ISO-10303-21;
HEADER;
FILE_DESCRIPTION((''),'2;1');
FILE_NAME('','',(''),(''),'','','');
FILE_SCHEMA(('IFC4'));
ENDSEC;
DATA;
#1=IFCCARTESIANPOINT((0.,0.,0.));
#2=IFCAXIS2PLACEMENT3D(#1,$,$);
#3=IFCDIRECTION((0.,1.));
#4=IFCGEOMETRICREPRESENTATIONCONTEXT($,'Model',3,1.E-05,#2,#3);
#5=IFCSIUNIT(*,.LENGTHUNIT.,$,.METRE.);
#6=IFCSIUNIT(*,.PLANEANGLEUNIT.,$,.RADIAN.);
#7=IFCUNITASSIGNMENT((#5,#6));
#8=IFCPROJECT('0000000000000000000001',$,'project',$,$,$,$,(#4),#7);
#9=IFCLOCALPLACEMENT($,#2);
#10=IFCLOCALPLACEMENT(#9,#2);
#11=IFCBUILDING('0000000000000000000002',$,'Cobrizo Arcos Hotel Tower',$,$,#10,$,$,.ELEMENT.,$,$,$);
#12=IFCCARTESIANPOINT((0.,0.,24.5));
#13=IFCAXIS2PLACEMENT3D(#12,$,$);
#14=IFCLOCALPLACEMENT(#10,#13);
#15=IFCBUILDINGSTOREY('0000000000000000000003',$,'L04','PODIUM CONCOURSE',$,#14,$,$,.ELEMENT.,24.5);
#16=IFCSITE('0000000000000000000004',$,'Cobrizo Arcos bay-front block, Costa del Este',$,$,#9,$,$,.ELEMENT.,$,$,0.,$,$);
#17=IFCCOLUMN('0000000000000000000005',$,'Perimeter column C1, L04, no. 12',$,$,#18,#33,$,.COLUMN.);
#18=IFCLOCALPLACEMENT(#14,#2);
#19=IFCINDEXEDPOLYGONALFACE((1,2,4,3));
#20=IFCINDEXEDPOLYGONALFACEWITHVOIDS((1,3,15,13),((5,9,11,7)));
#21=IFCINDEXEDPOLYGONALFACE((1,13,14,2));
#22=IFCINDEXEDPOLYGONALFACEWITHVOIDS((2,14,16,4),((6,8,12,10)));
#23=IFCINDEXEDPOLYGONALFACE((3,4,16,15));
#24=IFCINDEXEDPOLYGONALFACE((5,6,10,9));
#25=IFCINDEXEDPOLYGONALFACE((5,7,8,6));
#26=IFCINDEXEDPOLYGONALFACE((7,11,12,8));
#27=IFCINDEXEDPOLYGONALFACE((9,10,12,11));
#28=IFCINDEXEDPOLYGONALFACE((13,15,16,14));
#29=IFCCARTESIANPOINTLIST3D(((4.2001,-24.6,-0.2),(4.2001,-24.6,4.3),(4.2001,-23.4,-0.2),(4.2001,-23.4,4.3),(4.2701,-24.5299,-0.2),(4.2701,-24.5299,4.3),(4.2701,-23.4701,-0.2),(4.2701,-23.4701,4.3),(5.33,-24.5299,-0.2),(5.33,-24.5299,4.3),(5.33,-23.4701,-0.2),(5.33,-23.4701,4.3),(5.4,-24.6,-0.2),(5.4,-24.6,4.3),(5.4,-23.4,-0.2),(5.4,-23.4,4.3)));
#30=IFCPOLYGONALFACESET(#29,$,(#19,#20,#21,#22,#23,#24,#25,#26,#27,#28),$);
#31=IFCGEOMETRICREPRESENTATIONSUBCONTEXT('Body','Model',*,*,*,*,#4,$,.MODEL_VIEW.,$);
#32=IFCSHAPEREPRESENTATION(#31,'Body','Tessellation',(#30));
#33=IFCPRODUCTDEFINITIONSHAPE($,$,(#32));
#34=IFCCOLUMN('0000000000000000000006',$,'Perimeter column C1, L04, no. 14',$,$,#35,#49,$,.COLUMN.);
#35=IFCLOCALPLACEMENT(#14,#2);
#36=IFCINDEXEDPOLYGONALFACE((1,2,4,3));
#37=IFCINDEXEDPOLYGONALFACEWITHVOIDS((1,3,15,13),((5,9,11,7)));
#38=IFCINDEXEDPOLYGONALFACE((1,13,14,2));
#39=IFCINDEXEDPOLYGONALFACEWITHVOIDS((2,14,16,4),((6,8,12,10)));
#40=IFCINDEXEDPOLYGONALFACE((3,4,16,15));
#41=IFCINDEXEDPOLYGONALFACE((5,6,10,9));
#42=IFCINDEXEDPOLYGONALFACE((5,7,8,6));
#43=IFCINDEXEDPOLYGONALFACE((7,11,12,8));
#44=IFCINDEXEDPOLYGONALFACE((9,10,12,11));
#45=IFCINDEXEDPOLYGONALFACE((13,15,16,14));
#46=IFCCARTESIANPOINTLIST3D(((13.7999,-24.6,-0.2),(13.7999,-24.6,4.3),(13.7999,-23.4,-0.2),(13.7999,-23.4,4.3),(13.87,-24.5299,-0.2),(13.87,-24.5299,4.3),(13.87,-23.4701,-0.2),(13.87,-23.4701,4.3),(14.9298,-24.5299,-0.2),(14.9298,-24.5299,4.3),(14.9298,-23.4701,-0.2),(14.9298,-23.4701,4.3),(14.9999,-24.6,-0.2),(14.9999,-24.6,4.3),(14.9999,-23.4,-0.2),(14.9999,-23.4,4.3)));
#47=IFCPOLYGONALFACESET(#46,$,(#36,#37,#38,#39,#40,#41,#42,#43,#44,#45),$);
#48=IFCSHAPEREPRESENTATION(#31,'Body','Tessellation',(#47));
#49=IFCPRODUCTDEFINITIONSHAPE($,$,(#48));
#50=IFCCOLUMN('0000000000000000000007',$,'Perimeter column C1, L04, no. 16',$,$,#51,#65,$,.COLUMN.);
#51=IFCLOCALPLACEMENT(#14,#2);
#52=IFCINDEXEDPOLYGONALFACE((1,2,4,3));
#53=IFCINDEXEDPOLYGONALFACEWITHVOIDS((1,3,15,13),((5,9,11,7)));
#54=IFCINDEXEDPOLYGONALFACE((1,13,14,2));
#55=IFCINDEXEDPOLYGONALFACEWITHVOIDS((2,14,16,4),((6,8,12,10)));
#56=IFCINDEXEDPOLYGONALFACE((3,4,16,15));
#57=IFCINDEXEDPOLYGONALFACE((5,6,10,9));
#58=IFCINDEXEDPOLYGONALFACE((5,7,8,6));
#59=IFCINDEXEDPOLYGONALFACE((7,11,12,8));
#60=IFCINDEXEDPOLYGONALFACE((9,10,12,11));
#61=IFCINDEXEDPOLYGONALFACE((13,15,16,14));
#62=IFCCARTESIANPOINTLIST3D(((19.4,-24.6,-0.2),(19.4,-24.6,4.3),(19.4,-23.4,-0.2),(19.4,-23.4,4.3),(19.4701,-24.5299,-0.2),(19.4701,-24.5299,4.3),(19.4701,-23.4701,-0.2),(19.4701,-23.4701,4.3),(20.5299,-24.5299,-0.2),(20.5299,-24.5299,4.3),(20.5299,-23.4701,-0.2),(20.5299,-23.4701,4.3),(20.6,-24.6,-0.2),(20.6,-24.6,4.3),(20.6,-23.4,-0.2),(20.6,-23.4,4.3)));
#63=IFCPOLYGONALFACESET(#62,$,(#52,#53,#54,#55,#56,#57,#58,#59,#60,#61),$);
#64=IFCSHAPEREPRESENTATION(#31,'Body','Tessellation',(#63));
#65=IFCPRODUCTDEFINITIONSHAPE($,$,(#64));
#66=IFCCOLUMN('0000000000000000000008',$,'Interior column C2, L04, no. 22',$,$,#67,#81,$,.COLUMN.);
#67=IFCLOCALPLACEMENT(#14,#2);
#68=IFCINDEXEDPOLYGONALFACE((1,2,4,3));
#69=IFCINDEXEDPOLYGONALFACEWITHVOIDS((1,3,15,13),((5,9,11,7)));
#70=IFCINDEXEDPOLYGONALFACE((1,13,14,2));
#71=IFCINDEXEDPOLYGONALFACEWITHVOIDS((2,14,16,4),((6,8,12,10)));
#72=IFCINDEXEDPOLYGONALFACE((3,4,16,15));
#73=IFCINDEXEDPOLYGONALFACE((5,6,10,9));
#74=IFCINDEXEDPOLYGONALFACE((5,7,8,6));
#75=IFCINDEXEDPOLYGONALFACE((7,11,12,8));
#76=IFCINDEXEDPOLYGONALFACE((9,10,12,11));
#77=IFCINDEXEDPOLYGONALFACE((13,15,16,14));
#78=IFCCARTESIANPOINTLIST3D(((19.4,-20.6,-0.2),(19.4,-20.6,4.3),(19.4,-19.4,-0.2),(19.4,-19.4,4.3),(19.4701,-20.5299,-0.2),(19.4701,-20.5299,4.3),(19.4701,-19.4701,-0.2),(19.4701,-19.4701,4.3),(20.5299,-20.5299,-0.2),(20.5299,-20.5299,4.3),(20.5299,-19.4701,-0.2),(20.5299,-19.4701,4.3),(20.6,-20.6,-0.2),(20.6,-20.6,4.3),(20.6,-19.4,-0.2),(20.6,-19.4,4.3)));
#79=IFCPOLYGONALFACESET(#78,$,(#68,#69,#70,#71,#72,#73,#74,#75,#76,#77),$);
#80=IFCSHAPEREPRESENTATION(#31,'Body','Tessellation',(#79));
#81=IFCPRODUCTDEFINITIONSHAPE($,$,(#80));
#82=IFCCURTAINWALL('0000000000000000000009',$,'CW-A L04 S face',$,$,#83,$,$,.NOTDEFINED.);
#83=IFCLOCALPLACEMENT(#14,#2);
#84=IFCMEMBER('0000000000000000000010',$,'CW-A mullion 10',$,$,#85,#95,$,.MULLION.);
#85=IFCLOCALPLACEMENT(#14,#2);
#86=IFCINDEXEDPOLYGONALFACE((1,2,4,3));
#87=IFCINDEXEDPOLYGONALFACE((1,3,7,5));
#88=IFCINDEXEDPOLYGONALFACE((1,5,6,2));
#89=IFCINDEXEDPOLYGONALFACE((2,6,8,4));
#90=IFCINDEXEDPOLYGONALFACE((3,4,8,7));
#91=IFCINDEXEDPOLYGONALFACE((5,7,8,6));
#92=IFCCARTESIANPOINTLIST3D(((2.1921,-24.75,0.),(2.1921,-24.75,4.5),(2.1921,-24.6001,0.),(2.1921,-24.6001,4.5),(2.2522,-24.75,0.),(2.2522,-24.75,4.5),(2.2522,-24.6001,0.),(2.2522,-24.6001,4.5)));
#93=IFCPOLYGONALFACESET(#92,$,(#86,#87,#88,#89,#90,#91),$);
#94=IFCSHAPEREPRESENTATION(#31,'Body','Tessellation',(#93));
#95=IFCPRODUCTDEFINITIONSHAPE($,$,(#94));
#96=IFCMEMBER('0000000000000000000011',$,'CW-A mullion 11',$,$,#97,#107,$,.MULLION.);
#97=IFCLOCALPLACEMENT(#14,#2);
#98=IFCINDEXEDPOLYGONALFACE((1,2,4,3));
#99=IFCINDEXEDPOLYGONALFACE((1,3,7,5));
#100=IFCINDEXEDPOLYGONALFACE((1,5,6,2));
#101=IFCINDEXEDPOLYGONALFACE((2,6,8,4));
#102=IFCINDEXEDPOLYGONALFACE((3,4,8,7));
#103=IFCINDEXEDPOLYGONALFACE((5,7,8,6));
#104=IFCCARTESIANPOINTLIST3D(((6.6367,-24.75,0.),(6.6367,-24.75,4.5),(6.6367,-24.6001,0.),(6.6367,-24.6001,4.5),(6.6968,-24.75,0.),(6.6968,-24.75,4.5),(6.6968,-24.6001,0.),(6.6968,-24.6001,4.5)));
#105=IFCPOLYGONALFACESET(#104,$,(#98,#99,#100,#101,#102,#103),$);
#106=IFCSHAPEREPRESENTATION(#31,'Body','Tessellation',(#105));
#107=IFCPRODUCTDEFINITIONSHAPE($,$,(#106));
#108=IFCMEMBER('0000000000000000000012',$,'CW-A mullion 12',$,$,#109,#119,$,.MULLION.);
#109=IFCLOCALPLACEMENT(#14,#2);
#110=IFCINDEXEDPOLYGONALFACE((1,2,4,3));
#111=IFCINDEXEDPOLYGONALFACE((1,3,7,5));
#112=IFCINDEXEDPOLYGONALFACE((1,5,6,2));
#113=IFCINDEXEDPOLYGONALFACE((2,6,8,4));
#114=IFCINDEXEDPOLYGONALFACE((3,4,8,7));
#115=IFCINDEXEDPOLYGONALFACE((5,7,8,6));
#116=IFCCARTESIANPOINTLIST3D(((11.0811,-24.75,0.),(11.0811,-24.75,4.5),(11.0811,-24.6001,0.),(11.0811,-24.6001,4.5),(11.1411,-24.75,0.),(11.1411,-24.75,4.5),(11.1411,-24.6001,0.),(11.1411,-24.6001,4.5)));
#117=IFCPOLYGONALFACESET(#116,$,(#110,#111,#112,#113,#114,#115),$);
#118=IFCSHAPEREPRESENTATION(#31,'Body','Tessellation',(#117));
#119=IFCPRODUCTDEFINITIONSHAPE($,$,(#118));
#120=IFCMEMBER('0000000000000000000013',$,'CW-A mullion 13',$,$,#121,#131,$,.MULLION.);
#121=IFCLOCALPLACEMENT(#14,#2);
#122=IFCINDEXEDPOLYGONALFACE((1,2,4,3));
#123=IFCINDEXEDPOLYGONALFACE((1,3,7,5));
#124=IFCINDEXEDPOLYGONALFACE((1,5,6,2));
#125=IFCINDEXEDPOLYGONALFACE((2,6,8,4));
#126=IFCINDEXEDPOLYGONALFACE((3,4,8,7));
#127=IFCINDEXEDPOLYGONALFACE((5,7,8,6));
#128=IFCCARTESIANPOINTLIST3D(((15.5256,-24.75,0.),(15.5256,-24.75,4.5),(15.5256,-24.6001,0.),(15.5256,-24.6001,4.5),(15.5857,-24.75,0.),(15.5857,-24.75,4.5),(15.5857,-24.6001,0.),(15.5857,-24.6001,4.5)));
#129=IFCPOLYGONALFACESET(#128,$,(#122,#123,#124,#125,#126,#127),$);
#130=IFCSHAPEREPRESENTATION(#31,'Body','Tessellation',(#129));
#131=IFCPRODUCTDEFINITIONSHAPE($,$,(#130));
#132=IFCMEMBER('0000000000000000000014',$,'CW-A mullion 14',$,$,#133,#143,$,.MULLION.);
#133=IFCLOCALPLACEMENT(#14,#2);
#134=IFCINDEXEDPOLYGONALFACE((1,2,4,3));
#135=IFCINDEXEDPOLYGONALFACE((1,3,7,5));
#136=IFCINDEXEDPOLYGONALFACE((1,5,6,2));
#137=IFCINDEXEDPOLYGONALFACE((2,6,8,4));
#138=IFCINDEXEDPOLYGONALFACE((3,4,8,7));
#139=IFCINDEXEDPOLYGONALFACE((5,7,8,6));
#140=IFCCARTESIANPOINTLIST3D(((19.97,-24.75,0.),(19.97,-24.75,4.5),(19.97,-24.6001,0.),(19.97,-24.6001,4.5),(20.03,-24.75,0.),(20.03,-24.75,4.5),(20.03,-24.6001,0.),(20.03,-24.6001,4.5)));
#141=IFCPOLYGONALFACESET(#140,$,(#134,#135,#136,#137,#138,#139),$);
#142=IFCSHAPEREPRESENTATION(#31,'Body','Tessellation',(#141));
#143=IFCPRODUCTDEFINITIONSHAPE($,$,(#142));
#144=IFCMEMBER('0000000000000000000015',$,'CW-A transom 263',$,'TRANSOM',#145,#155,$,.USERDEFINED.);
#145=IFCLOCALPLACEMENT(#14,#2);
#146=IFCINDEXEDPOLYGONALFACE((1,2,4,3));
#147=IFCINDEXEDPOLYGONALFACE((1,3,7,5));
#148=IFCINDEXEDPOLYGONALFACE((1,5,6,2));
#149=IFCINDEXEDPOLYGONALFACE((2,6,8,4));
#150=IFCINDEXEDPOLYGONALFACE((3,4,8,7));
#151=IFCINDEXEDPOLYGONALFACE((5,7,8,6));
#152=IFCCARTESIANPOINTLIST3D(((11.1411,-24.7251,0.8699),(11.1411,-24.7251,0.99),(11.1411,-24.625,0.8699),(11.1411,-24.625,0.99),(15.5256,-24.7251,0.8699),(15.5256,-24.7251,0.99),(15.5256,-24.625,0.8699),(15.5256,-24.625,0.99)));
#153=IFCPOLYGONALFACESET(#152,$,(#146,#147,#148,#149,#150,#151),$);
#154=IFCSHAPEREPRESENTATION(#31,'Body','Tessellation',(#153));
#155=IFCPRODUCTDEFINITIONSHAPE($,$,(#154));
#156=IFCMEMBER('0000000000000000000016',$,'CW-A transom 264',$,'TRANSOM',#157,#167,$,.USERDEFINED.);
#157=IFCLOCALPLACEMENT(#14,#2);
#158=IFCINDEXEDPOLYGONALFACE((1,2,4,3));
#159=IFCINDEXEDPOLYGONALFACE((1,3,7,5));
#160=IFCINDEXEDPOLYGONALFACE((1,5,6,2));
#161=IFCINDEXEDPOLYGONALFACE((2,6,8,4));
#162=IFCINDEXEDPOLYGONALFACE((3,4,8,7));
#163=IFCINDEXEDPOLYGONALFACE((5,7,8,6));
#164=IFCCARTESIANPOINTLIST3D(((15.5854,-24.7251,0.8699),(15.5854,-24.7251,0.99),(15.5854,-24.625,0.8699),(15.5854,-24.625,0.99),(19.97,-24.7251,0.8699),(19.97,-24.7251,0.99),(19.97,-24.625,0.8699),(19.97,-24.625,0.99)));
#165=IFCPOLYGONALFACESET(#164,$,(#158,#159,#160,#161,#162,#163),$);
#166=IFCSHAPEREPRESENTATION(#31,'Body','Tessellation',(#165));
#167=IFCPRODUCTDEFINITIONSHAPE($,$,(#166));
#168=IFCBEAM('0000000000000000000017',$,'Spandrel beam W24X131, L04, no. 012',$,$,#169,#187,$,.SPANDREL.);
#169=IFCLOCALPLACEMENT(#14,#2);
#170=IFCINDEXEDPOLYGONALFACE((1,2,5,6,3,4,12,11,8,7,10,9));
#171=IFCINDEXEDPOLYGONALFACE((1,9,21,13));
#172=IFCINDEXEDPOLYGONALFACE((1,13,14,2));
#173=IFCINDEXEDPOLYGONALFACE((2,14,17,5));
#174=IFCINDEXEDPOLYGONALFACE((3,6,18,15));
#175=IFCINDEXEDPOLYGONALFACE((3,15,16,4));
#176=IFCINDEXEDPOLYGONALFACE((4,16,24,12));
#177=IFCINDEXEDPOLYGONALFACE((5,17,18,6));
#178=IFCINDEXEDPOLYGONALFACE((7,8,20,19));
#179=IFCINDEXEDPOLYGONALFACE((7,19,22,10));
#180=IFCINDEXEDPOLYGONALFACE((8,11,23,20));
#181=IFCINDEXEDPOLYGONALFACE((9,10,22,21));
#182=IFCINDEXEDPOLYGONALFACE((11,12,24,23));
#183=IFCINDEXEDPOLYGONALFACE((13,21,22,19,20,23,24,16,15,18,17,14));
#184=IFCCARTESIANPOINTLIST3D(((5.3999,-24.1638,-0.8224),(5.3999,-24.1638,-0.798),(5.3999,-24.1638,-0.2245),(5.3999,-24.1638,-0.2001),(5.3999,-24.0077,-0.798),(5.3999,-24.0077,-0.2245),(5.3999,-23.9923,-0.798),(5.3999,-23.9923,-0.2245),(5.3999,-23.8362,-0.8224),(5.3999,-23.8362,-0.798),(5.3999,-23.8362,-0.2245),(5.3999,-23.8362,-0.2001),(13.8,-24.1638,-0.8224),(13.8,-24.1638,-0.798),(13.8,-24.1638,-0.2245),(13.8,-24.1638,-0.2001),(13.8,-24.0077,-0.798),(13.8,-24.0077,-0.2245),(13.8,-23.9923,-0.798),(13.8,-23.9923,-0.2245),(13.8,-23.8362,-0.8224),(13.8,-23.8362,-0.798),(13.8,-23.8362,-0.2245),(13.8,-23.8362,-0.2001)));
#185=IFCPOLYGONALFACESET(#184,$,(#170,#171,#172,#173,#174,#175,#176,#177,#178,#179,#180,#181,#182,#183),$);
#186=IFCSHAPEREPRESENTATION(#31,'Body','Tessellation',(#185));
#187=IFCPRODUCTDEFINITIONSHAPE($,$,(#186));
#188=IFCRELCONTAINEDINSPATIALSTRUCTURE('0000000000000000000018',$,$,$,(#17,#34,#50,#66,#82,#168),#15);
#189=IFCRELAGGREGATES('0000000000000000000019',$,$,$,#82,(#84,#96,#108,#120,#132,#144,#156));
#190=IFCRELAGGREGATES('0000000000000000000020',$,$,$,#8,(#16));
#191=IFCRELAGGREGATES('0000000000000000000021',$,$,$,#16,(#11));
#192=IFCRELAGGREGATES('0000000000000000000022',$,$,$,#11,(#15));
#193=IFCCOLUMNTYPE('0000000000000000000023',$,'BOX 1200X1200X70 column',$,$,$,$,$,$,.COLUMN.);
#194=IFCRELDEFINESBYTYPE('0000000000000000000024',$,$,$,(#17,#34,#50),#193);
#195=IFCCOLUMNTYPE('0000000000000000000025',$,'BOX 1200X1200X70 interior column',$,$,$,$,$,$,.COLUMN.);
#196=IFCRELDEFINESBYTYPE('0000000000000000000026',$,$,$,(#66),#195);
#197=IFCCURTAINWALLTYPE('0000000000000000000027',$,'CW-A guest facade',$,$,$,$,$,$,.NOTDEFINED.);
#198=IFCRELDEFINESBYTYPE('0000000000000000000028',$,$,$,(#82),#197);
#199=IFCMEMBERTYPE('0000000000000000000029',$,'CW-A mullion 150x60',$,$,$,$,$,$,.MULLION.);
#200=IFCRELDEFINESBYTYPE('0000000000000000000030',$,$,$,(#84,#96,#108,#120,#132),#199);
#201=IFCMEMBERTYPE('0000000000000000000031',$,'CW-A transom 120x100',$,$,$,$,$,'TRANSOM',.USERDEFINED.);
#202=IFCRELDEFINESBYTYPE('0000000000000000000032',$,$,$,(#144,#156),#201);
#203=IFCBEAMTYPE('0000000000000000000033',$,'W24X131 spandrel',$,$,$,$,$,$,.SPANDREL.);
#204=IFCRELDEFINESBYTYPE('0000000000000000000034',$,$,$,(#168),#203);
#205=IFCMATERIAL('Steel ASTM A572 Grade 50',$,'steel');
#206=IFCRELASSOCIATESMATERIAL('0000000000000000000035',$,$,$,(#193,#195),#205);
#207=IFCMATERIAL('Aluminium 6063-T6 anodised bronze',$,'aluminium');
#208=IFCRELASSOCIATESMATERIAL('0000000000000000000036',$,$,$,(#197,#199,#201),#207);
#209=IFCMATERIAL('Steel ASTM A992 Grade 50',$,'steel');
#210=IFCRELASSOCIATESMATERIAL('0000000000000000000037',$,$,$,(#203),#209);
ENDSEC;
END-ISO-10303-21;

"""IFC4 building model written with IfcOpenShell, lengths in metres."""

from ifc_helpers import new_model, si_unit, direction, frame, origin, origin_2d, place, context, subcontext, project, spatial, rectangle, hollow_rectangle, i_section, extrude, material, material_profile, profile_set, type_object, element, aggregate, save


model = new_model("IFC4")

# Units and contexts
model_context = context("Model", 3, precision=1e-05, world=origin(), true_north=direction((0.0, 1.0)))
body_context = subcontext(model_context, "Body", "Model", "MODEL_VIEW")
ifc_project = project(units=[si_unit("LENGTHUNIT", "METRE"), si_unit("PLANEANGLEUNIT", "RADIAN")], contexts=[model_context])

# Site, building, storey
site_placement = place(None, origin())
site = spatial("IfcSite", under=ifc_project, at=site_placement, Name="Cobrizo Arcos bay-front block, Costa del Este", CompositionType="ELEMENT", RefElevation=0.0)
building_placement = place(site_placement, origin())
building = spatial("IfcBuilding", under=site, at=building_placement, Name="Cobrizo Arcos Hotel Tower", CompositionType="ELEMENT")
storey_placement = place(building_placement, frame((0.0, 0.0, 24.5)))
storey = spatial("IfcBuildingStorey", under=building, at=storey_placement, Name="L04", Description="PODIUM CONCOURSE", CompositionType="ELEMENT", Elevation=24.5)

# Columns
ifc_material_1 = material(Name="Steel ASTM A572 Grade 50", Category="steel")
ifc_material_profile_1 = material_profile(ifc_material_1, hollow_rectangle(XDim=1.2, YDim=1.2, WallThickness=0.0701, at=origin_2d()), Name="BOX 1200X1200X70")
ifc_profile_set_1 = profile_set([ifc_material_profile_1], Name="Steel ASTM A572 Grade 50")
column_type_1 = type_object("IfcColumnType", Name="BOX 1200X1200X70 column", PredefinedType="COLUMN", material=ifc_profile_set_1)
for number, where, z_axis, x_axis, name in (
    (1, (4.8, -24.0, -0.2), (0.0, 0.0, 1.0), (1.0, 0.0, 0.0), "Perimeter column C1, L04, no. 12"),
    (2, (14.3999, -24.0, -0.2), (0.0, 0.0, 1.0), (1.0, 0.0, 0.0), "Perimeter column C1, L04, no. 14"),
    (3, (20.0, -24.0, -0.2), (0.0, 0.0, 1.0), (1.0, 0.0, 0.0), "Perimeter column C1, L04, no. 16"),
):
    element("IfcColumn", number, at=place(storey_placement, frame(where, z_axis=z_axis, x_axis=x_axis)), inside=storey, type_object=column_type_1, Name=name, PredefinedType="COLUMN", context=body_context, shape_type="SweptSolid", body=[
        extrude(hollow_rectangle(XDim=1.2, YDim=1.2, WallThickness=0.0701, at=origin_2d()), origin(), (0.0, 0.0, 1.0), 4.5),
    ])
ifc_material_profile_2 = material_profile(ifc_material_1, hollow_rectangle(XDim=1.2, YDim=1.2, WallThickness=0.0701, at=origin_2d()), Name="BOX 1200X1200X70")
ifc_profile_set_2 = profile_set([ifc_material_profile_2], Name="Steel ASTM A572 Grade 50")
column_type_2 = type_object("IfcColumnType", Name="BOX 1200X1200X70 interior column", PredefinedType="COLUMN", material=ifc_profile_set_2)
column_placement = place(storey_placement, frame((20.0, -20.0, -0.2), z_axis=(0.0, 0.0, 1.0), x_axis=(1.0, 0.0, 0.0)))
element("IfcColumn", 4, at=column_placement, inside=storey, type_object=column_type_2, Name="Interior column C2, L04, no. 22", PredefinedType="COLUMN", context=body_context, shape_type="SweptSolid", body=[
    extrude(hollow_rectangle(XDim=1.2, YDim=1.2, WallThickness=0.0701, at=origin_2d()), origin(), (0.0, 0.0, 1.0), 4.5),
])

# Curtain wall, members
ifc_material_2 = material(Name="Aluminium 6063-T6 anodised bronze", Category="aluminium")
curtain_wall_type = type_object("IfcCurtainWallType", Name="CW-A guest facade", PredefinedType="NOTDEFINED", material=ifc_material_2)
curtain_wall_placement = place(storey_placement, origin())
curtain_wall = element("IfcCurtainWall", 5, at=curtain_wall_placement, inside=storey, type_object=curtain_wall_type, Name="CW-A L04 S face", PredefinedType="NOTDEFINED")
ifc_material_profile_3 = material_profile(ifc_material_2, rectangle(XDim=0.1499, YDim=0.0601, at=origin_2d()), Name="CW-A mullion 150x60")
ifc_profile_set_3 = profile_set([ifc_material_profile_3], Name="Aluminium 6063-T6 anodised bronze")
member_type_1 = type_object("IfcMemberType", Name="CW-A mullion 150x60", PredefinedType="MULLION", material=ifc_profile_set_3)
member_1_placement = place(storey_placement, frame((2.2222, -24.675, 0.0), z_axis=(0.0, 0.0, 1.0), x_axis=(0.0, -1.0, 0.0)))
member_1 = element("IfcMember", 6, at=member_1_placement, type_object=member_type_1, Name="CW-A mullion 10", PredefinedType="MULLION", context=body_context, shape_type="SweptSolid", body=[
    extrude(rectangle(XDim=0.1499, YDim=0.0601, at=origin_2d()), origin(), (0.0, 0.0, 1.0), 4.5),
])
member_2_placement = place(storey_placement, frame((6.6667, -24.675, 0.0), z_axis=(0.0, 0.0, 1.0), x_axis=(0.0, -1.0, 0.0)))
member_2 = element("IfcMember", 7, at=member_2_placement, type_object=member_type_1, Name="CW-A mullion 11", PredefinedType="MULLION", context=body_context, shape_type="SweptSolid", body=[
    extrude(rectangle(XDim=0.1499, YDim=0.0601, at=origin_2d()), origin(), (0.0, 0.0, 1.0), 4.5),
])
member_3_placement = place(storey_placement, frame((11.1111, -24.675, 0.0), z_axis=(0.0, 0.0, 1.0), x_axis=(0.0, -1.0, 0.0)))
member_3 = element("IfcMember", 8, at=member_3_placement, type_object=member_type_1, Name="CW-A mullion 12", PredefinedType="MULLION", context=body_context, shape_type="SweptSolid", body=[
    extrude(rectangle(XDim=0.1499, YDim=0.0601, at=origin_2d()), origin(), (0.0, 0.0, 1.0), 4.5),
])
member_4_placement = place(storey_placement, frame((15.5557, -24.675, 0.0), z_axis=(0.0, 0.0, 1.0), x_axis=(0.0, -1.0, 0.0)))
member_4 = element("IfcMember", 9, at=member_4_placement, type_object=member_type_1, Name="CW-A mullion 13", PredefinedType="MULLION", context=body_context, shape_type="SweptSolid", body=[
    extrude(rectangle(XDim=0.1499, YDim=0.0601, at=origin_2d()), origin(), (0.0, 0.0, 1.0), 4.5),
])
member_5_placement = place(storey_placement, frame((20.0, -24.675, 0.0), z_axis=(0.0, 0.0, 1.0), x_axis=(0.0, -1.0, 0.0)))
member_5 = element("IfcMember", 10, at=member_5_placement, type_object=member_type_1, Name="CW-A mullion 14", PredefinedType="MULLION", context=body_context, shape_type="SweptSolid", body=[
    extrude(rectangle(XDim=0.1499, YDim=0.0601, at=origin_2d()), origin(), (0.0, 0.0, 1.0), 4.5),
])
ifc_material_profile_4 = material_profile(ifc_material_2, rectangle(XDim=0.1001, YDim=0.1201, at=origin_2d()), Name="CW-A transom 120x100")
ifc_profile_set_4 = profile_set([ifc_material_profile_4], Name="Aluminium 6063-T6 anodised bronze")
member_type_2 = type_object("IfcMemberType", Name="CW-A transom 120x100", ElementType="TRANSOM", PredefinedType="USERDEFINED", material=ifc_profile_set_4)
member_6_placement = place(storey_placement, frame((11.1411, -24.675, 0.9299), z_axis=(1.0, 0.0, 0.0), x_axis=(0.0, 1.0, 0.0)))
member_6 = element("IfcMember", 11, at=member_6_placement, type_object=member_type_2, Name="CW-A transom 263", ObjectType="TRANSOM", PredefinedType="USERDEFINED", context=body_context, shape_type="SweptSolid", body=[
    extrude(rectangle(XDim=0.1001, YDim=0.1201, at=origin_2d()), origin(), (0.0, 0.0, 1.0), 4.3845),
])
member_7_placement = place(storey_placement, frame((15.5854, -24.675, 0.9299), z_axis=(1.0, 0.0, 0.0), x_axis=(0.0, 1.0, 0.0)))
member_7 = element("IfcMember", 12, at=member_7_placement, type_object=member_type_2, Name="CW-A transom 264", ObjectType="TRANSOM", PredefinedType="USERDEFINED", context=body_context, shape_type="SweptSolid", body=[
    extrude(rectangle(XDim=0.1001, YDim=0.1201, at=origin_2d()), origin(), (0.0, 0.0, 1.0), 4.3845),
])

# Beam
ifc_material_3 = material(Name="Steel ASTM A992 Grade 50", Category="steel")
ifc_material_profile_5 = material_profile(ifc_material_3, i_section(OverallWidth=0.3276, OverallDepth=0.6223, WebThickness=0.0154, FlangeThickness=0.0244, at=origin_2d()), Name="W24X131")
ifc_profile_set_5 = profile_set([ifc_material_profile_5], Name="Steel ASTM A992 Grade 50")
beam_type_1 = type_object("IfcBeamType", Name="W24X131 spandrel", PredefinedType="SPANDREL", material=ifc_profile_set_5)
beam_1_placement = place(storey_placement, frame((5.3999, -24.0, -0.5112), z_axis=(1.0, 0.0, 0.0), x_axis=(0.0, 1.0, 0.0)))
element("IfcBeam", 13, at=beam_1_placement, inside=storey, type_object=beam_type_1, Name="Spandrel beam W24X131, L04, no. 012", PredefinedType="SPANDREL", context=body_context, shape_type="SweptSolid", body=[
    extrude(i_section(OverallWidth=0.3276, OverallDepth=0.6223, WebThickness=0.0154, FlangeThickness=0.0244, at=origin_2d()), origin(), (0.0, 0.0, 1.0), 8.4001),
])

aggregate(curtain_wall, [member_1, member_2, member_3, member_4, member_5, member_6, member_7])

save(model, "model.ifc")
